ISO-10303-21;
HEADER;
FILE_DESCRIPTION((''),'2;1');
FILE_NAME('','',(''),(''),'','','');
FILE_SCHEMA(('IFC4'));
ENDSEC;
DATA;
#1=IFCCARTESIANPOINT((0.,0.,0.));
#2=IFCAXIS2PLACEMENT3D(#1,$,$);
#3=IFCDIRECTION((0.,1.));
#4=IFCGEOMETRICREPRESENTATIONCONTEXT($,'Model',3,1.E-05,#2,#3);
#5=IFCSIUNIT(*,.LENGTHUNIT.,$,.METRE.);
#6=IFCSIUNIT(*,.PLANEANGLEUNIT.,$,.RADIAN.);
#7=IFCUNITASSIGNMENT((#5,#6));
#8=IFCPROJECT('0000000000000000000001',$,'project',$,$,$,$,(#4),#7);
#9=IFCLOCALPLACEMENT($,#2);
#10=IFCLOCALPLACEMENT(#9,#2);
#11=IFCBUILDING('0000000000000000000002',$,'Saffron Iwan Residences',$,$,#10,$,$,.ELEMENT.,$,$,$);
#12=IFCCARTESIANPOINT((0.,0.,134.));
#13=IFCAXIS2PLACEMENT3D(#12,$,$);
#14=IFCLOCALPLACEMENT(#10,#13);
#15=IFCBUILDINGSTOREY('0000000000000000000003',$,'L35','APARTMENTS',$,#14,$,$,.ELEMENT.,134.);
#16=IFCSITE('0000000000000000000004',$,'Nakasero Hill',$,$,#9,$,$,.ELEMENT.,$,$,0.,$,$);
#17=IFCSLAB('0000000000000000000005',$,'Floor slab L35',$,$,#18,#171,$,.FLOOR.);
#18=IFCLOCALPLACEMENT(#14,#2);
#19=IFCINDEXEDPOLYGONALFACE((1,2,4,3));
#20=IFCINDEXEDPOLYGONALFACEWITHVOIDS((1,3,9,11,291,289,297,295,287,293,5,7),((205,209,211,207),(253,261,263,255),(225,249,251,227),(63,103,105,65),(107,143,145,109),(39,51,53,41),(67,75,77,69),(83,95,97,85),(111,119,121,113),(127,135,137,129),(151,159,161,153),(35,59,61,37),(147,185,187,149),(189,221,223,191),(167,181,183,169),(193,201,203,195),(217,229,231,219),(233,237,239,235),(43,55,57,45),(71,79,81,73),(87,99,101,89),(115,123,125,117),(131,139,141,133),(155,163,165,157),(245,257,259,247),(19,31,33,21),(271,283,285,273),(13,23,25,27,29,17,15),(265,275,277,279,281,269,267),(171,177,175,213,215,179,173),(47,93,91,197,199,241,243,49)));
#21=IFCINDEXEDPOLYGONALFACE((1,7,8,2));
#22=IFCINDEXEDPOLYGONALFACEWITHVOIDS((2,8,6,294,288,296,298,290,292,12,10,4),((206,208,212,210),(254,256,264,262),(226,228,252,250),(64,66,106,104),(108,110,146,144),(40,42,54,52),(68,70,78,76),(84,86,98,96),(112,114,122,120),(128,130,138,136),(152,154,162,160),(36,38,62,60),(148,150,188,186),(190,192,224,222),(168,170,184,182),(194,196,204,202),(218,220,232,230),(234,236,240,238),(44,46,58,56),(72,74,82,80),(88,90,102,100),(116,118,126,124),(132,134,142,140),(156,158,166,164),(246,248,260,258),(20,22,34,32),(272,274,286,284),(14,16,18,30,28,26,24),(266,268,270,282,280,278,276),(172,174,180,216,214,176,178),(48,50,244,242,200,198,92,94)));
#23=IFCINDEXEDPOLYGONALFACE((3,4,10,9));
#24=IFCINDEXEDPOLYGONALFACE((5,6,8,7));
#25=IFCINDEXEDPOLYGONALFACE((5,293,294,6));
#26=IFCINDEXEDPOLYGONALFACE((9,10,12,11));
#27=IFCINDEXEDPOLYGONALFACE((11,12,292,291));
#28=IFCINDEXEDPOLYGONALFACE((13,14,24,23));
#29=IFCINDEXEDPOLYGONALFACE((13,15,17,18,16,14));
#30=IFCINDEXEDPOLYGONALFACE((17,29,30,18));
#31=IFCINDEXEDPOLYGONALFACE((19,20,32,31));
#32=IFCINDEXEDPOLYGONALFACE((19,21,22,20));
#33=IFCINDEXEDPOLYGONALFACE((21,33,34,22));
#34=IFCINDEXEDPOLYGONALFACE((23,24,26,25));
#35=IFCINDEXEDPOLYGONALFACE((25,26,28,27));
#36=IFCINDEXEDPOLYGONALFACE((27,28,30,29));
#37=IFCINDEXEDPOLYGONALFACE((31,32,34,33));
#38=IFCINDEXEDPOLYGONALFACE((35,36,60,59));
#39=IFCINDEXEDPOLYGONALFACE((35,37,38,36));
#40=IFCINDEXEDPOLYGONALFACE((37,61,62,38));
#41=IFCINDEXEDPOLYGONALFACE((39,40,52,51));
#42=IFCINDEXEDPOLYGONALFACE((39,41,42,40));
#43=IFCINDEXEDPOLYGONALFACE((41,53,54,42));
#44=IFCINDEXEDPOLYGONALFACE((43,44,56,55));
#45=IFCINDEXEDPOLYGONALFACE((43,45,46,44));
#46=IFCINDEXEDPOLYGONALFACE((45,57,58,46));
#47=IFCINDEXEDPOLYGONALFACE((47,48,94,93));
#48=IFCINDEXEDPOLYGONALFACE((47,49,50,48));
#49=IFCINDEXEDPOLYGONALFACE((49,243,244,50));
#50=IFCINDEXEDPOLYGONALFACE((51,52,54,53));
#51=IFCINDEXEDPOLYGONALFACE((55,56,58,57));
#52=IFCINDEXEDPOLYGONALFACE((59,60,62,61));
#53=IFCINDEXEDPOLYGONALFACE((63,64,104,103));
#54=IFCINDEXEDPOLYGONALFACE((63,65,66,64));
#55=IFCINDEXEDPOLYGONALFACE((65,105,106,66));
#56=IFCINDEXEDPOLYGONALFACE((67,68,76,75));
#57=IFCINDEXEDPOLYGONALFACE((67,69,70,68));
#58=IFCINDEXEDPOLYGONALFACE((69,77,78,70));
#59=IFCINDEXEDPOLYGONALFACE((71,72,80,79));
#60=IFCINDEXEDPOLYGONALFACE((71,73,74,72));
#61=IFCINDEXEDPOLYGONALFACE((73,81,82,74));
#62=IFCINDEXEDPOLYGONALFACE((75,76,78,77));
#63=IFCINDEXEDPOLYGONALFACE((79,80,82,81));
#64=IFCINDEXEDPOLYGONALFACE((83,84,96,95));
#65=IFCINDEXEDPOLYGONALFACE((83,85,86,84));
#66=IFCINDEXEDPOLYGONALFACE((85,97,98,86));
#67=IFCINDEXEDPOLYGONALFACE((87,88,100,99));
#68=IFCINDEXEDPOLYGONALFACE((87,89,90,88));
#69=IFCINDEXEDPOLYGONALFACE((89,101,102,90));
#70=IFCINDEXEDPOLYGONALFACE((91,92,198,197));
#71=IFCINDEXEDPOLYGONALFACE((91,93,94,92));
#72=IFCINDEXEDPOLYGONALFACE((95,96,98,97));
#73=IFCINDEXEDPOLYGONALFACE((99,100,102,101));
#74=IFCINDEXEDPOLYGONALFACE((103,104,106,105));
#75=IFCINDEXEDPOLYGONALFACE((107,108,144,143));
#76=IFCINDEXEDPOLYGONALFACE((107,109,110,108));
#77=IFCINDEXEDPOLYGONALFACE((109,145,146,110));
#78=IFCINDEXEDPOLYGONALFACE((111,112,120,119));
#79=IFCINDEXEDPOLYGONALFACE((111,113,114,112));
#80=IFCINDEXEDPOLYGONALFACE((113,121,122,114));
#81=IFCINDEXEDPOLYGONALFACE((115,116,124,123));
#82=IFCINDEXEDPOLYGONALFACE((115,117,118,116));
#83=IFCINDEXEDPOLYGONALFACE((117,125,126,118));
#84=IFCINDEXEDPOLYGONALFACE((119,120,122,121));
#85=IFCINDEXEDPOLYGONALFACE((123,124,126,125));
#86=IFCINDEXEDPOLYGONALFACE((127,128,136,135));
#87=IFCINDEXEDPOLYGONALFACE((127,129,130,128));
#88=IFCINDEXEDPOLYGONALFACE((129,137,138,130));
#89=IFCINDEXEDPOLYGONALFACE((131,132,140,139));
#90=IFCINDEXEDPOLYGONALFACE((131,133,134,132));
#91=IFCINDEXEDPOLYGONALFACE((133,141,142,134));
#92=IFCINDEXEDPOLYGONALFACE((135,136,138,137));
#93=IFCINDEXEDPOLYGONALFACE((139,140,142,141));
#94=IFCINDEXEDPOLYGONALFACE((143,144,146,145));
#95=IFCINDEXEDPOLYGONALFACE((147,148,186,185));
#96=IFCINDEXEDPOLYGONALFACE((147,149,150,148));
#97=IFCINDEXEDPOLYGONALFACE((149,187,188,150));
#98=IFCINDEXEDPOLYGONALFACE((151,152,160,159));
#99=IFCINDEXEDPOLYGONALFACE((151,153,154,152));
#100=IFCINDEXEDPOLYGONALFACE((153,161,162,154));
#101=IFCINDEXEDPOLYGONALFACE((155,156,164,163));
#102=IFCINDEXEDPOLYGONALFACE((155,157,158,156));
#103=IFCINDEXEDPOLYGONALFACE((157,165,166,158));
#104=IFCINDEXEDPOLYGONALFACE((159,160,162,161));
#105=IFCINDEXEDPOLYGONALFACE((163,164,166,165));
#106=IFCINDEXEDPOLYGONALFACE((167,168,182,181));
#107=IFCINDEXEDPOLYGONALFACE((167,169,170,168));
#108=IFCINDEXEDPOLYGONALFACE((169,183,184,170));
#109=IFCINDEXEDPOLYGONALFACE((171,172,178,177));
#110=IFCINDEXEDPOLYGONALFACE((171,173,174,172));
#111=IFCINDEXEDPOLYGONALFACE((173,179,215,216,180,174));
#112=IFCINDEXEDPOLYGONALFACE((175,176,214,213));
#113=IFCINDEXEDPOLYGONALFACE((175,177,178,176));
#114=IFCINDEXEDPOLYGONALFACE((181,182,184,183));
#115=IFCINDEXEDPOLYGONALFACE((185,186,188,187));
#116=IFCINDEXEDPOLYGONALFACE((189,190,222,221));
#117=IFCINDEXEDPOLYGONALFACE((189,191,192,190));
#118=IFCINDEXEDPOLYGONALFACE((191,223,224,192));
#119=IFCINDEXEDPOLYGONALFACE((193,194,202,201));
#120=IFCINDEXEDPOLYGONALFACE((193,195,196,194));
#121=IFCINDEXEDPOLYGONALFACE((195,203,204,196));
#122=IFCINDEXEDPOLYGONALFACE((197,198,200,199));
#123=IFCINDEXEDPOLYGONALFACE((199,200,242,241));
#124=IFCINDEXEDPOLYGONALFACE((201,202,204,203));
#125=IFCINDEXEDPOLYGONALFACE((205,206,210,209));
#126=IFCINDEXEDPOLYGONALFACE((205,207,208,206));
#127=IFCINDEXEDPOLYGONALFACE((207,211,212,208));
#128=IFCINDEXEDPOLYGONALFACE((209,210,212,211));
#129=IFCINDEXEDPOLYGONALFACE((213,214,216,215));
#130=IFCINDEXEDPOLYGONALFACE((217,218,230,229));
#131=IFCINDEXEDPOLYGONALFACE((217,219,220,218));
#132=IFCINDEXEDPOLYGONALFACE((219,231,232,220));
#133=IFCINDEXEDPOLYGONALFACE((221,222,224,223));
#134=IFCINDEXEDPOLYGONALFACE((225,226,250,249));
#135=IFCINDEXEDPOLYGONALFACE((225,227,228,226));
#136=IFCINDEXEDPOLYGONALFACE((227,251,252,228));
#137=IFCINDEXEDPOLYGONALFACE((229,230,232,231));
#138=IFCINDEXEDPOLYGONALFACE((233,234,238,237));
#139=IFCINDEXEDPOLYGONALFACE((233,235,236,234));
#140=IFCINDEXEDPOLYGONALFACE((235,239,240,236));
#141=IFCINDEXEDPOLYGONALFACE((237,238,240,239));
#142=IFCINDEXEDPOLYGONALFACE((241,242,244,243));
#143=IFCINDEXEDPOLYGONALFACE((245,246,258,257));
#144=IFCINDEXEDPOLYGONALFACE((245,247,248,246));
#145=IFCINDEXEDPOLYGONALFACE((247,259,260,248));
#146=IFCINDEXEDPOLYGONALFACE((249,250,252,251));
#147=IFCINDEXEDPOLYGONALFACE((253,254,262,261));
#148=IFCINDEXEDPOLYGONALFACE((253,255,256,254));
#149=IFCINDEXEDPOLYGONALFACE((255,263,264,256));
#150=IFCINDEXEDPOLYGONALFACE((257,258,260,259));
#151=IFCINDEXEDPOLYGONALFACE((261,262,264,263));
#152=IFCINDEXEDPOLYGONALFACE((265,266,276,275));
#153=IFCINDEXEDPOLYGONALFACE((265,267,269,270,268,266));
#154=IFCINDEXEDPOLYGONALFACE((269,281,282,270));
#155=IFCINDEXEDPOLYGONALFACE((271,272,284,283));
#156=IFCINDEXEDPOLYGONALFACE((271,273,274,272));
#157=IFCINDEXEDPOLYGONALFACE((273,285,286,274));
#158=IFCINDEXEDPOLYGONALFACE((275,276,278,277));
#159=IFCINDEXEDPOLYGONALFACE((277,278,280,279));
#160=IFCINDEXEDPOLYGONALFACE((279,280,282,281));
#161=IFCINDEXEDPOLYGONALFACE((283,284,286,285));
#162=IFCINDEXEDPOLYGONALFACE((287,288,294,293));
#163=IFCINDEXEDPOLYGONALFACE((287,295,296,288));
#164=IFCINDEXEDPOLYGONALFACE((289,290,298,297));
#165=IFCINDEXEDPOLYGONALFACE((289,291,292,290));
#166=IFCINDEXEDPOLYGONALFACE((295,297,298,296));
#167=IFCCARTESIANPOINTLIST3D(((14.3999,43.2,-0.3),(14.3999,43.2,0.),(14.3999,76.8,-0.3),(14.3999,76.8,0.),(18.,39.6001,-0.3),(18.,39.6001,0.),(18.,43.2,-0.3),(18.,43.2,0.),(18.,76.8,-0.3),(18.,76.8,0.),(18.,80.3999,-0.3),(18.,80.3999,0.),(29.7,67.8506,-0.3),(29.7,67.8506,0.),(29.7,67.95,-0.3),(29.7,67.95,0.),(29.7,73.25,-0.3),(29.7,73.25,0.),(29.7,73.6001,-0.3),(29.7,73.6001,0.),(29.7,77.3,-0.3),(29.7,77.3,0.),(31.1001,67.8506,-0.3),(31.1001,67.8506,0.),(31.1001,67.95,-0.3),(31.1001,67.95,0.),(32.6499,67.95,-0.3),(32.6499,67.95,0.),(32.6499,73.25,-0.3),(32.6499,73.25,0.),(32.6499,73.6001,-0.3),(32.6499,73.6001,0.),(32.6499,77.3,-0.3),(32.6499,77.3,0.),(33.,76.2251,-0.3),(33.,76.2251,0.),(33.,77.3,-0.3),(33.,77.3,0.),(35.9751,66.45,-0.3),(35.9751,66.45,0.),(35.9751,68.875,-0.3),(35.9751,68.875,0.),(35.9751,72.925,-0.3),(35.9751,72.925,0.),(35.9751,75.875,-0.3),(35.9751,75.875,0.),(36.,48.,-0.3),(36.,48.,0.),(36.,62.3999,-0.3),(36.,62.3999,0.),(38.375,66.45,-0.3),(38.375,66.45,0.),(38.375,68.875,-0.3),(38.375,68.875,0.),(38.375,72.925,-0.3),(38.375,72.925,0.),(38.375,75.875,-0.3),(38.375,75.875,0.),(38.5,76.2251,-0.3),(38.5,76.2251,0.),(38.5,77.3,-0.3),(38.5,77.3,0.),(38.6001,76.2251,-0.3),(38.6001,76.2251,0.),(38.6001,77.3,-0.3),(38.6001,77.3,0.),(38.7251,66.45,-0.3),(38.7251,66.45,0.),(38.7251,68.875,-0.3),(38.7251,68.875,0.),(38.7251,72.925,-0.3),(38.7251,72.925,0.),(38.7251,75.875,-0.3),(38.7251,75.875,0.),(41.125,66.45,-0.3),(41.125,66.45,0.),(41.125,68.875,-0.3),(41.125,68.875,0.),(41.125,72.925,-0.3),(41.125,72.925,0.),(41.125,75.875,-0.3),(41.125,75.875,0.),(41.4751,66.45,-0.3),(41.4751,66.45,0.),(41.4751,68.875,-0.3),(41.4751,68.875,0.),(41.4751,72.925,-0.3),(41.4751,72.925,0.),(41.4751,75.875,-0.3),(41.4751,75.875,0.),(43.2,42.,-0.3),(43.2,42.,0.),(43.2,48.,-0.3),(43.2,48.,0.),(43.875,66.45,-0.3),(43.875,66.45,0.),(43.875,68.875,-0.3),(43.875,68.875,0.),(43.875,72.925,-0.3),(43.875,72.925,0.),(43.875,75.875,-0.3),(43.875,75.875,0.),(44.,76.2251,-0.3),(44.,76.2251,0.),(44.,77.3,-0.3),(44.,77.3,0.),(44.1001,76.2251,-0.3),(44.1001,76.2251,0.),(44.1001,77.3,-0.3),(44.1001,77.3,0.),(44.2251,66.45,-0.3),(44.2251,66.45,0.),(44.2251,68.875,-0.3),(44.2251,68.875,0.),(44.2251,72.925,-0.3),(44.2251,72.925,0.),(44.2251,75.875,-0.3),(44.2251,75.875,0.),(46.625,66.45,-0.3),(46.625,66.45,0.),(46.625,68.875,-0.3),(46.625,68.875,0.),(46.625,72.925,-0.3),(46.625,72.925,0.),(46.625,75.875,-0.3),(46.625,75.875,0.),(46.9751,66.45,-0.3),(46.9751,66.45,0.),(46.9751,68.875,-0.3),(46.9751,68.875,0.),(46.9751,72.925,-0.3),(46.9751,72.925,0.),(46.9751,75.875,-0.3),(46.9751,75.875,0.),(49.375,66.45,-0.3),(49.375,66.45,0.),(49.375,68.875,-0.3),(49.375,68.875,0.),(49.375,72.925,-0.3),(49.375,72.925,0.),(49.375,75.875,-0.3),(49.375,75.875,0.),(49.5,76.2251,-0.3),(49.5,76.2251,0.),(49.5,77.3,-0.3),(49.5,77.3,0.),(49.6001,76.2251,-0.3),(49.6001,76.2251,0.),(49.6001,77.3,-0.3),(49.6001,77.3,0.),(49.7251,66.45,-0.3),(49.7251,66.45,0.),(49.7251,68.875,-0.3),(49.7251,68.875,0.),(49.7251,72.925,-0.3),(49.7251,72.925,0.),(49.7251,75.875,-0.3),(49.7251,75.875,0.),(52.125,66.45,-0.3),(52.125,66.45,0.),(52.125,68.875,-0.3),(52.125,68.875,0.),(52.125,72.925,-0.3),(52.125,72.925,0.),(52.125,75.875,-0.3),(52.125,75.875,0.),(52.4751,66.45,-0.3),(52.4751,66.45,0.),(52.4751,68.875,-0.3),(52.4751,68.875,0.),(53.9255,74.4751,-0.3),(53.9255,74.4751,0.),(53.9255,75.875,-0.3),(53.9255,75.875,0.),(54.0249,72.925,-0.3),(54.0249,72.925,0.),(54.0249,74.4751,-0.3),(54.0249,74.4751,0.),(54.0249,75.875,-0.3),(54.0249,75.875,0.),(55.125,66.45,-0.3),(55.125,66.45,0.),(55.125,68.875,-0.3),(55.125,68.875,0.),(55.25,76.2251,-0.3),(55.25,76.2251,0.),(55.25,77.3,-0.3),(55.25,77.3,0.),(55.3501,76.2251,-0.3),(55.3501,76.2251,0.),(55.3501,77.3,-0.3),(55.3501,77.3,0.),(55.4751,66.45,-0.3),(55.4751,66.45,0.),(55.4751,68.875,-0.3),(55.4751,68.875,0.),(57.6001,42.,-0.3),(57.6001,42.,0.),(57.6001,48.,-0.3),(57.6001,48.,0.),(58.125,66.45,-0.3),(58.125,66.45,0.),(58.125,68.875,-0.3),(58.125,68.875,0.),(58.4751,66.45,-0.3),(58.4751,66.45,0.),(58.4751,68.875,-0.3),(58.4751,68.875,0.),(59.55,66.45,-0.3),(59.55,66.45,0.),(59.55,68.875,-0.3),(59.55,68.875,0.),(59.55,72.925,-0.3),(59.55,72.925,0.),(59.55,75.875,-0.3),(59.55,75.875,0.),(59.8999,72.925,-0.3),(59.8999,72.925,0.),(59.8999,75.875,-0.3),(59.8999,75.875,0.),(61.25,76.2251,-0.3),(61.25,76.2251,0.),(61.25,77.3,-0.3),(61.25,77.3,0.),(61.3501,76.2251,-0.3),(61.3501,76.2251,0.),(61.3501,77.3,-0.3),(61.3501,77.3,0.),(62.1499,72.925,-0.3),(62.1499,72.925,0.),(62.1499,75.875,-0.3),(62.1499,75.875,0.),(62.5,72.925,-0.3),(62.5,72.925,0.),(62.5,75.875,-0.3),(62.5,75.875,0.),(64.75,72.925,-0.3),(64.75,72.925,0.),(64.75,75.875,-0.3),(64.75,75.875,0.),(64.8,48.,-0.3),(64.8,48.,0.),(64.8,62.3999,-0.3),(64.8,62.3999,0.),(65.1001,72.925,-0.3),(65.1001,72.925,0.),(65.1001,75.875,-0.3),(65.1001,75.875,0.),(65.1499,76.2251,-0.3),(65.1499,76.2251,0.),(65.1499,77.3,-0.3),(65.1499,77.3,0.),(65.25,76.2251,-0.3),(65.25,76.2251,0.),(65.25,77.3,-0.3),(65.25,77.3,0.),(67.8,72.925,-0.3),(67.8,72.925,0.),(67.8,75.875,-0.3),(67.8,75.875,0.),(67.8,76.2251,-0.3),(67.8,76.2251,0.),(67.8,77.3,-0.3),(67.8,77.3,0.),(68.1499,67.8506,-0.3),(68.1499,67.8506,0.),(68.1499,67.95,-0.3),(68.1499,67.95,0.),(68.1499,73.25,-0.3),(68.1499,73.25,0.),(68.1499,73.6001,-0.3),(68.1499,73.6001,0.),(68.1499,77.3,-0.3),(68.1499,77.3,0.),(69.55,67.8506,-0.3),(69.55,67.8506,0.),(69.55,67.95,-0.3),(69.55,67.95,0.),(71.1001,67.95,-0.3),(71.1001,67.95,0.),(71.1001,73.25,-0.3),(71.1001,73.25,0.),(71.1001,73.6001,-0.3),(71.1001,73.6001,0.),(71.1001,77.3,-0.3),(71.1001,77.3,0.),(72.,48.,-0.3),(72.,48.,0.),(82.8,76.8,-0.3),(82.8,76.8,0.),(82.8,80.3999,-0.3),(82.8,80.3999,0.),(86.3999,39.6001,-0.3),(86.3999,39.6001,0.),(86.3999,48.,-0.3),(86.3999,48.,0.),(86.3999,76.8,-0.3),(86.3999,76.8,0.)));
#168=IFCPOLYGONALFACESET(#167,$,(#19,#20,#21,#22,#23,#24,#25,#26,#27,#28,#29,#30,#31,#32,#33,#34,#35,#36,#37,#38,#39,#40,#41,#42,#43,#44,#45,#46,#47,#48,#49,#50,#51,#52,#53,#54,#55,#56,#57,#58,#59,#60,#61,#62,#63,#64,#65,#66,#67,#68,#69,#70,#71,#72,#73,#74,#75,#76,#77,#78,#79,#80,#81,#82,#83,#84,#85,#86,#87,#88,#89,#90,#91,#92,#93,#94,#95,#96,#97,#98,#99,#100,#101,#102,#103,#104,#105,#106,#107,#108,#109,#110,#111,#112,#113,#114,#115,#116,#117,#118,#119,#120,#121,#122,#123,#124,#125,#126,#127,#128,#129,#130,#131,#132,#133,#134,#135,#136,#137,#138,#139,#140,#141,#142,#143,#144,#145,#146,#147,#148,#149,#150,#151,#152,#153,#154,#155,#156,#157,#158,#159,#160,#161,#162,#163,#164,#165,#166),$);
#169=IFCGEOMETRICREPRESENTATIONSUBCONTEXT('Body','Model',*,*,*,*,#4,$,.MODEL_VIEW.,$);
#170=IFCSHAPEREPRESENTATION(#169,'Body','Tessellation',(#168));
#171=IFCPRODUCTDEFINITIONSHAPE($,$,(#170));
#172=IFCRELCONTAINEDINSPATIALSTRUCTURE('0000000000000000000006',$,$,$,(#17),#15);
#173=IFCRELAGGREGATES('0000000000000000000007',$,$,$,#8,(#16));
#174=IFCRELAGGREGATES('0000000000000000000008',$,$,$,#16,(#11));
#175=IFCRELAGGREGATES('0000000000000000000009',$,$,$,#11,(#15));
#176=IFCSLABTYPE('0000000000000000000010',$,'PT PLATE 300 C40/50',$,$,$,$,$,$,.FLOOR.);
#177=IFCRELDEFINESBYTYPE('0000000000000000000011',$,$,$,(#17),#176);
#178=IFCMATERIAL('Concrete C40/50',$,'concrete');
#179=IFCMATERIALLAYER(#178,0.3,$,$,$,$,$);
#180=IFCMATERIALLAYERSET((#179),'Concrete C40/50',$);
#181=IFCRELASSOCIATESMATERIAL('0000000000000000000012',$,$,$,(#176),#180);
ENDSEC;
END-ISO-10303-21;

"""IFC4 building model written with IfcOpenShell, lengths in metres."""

from ifc_helpers import new_model, si_unit, direction, frame, origin, place, context, subcontext, project, spatial, polyline, outline, extrude, material, layer, layer_set, type_object, element, save


model = new_model("IFC4")

# Units and contexts
model_context = context("Model", 3, precision=1e-05, world=origin(), true_north=direction((0.0, 1.0)))
body_context = subcontext(model_context, "Body", "Model", "MODEL_VIEW")
ifc_project = project(units=[si_unit("LENGTHUNIT", "METRE"), si_unit("PLANEANGLEUNIT", "RADIAN")], contexts=[model_context])

# Site, building, storey
site_placement = place(None, origin())
site = spatial("IfcSite", under=ifc_project, at=site_placement, Name="Nakasero Hill", CompositionType="ELEMENT", RefElevation=0.0)
building_placement = place(site_placement, origin())
building = spatial("IfcBuilding", under=site, at=building_placement, Name="Saffron Iwan Residences", CompositionType="ELEMENT")
storey_placement = place(building_placement, frame((0.0, 0.0, 134.0)))
storey = spatial("IfcBuildingStorey", under=building, at=storey_placement, Name="L35", Description="APARTMENTS", CompositionType="ELEMENT", Elevation=134.0)

# Slab
ifc_material_1 = material(Name="Concrete C40/50", Category="concrete")
ifc_layer_1 = layer(ifc_material_1, 0.3)
ifc_layer_set_1 = layer_set([ifc_layer_1], Name="Concrete C40/50")
slab_type_1 = type_object("IfcSlabType", Name="PT PLATE 300 C40/50", PredefinedType="FLOOR", material=ifc_layer_set_1)
slab_1_placement = place(storey_placement, frame((0.0, 0.0, -0.3)))
element("IfcSlab", 1, at=slab_1_placement, inside=storey, type_object=slab_type_1, Name="Floor slab L35", PredefinedType="FLOOR", context=body_context, shape_type="SweptSolid", body=[
    extrude(outline(polyline([(14.3999, 43.2), (14.3999, 76.8), (18.0, 76.8), (18.0, 80.3999), (82.8, 80.3999), (82.8, 76.8), (86.3999, 76.8), (86.3999, 48.0), (72.0, 48.0), (86.3999, 39.6001), (18.0, 39.6001), (18.0, 43.2), (14.3999, 43.2)]), holes=[polyline([(64.8, 48.0), (64.8, 62.3999), (36.0, 62.3999), (36.0, 48.0), (43.2, 48.0), (43.2, 42.0), (57.6001, 42.0), (57.6001, 48.0), (64.8, 48.0)]), polyline([(38.375, 68.875), (35.9751, 68.875), (35.9751, 66.45), (38.375, 66.45), (38.375, 68.875)]), polyline([(41.125, 66.45), (41.125, 68.875), (38.7251, 68.875), (38.7251, 66.45), (41.125, 66.45)]), polyline([(43.875, 66.45), (43.875, 68.875), (41.4751, 68.875), (41.4751, 66.45), (43.875, 66.45)]), polyline([(46.625, 66.45), (46.625, 68.875), (44.2251, 68.875), (44.2251, 66.45), (46.625, 66.45)]), polyline([(49.375, 66.45), (49.375, 68.875), (46.9751, 68.875), (46.9751, 66.45), (49.375, 66.45)]), polyline([(32.6499, 73.25), (29.7, 73.25), (29.7, 67.95), (29.7, 67.8506), (31.1001, 67.8506), (31.1001, 67.95), (32.6499, 67.95), (32.6499, 73.25)]), polyline([(38.375, 72.925), (38.375, 75.875), (35.9751, 75.875), (35.9751, 72.925), (38.375, 72.925)]), polyline([(41.125, 72.925), (41.125, 75.875), (38.7251, 75.875), (38.7251, 72.925), (41.125, 72.925)]), polyline([(43.875, 72.925), (43.875, 75.875), (41.4751, 75.875), (41.4751, 72.925), (43.875, 72.925)]), polyline([(46.625, 72.925), (46.625, 75.875), (44.2251, 75.875), (44.2251, 72.925), (46.625, 72.925)]), polyline([(49.375, 72.925), (49.375, 75.875), (46.9751, 75.875), (46.9751, 72.925), (49.375, 72.925)]), polyline([(32.6499, 73.6001), (32.6499, 77.3), (29.7, 77.3), (29.7, 73.6001), (32.6499, 73.6001)]), polyline([(38.5, 76.2251), (38.5, 77.3), (33.0, 77.3), (33.0, 76.2251), (38.5, 76.2251)]), polyline([(44.0, 76.2251), (44.0, 77.3), (38.6001, 77.3), (38.6001, 76.2251), (44.0, 76.2251)]), polyline([(49.5, 76.2251), (49.5, 77.3), (44.1001, 77.3), (44.1001, 76.2251), (49.5, 76.2251)]), polyline([(52.125, 68.875), (49.7251, 68.875), (49.7251, 66.45), (52.125, 66.45), (52.125, 68.875)]), polyline([(55.125, 66.45), (55.125, 68.875), (52.4751, 68.875), (52.4751, 66.45), (55.125, 66.45)]), polyline([(58.125, 66.45), (58.125, 68.875), (55.4751, 68.875), (55.4751, 66.45), (58.125, 66.45)]), polyline([(59.55, 66.45), (59.55, 68.875), (58.4751, 68.875), (58.4751, 66.45), (59.55, 66.45)]), polyline([(71.1001, 73.25), (68.1499, 73.25), (68.1499, 67.95), (68.1499, 67.8506), (69.55, 67.8506), (69.55, 67.95), (71.1001, 67.95), (71.1001, 73.25)]), polyline([(52.125, 72.925), (52.125, 75.875), (49.7251, 75.875), (49.7251, 72.925), (52.125, 72.925)]), polyline([(53.9255, 74.4751), (54.0249, 74.4751), (54.0249, 72.925), (59.55, 72.925), (59.55, 75.875), (54.0249, 75.875), (53.9255, 75.875), (53.9255, 74.4751)]), polyline([(62.1499, 72.925), (62.1499, 75.875), (59.8999, 75.875), (59.8999, 72.925), (62.1499, 72.925)]), polyline([(64.75, 72.925), (64.75, 75.875), (62.5, 75.875), (62.5, 72.925), (64.75, 72.925)]), polyline([(67.8, 72.925), (67.8, 75.875), (65.1001, 75.875), (65.1001, 72.925), (67.8, 72.925)]), polyline([(71.1001, 73.6001), (71.1001, 77.3), (68.1499, 77.3), (68.1499, 73.6001), (71.1001, 73.6001)]), polyline([(55.25, 76.2251), (55.25, 77.3), (49.6001, 77.3), (49.6001, 76.2251), (55.25, 76.2251)]), polyline([(61.25, 76.2251), (61.25, 77.3), (55.3501, 77.3), (55.3501, 76.2251), (61.25, 76.2251)]), polyline([(65.1499, 76.2251), (65.1499, 77.3), (61.3501, 77.3), (61.3501, 76.2251), (65.1499, 76.2251)]), polyline([(67.8, 76.2251), (67.8, 77.3), (65.25, 77.3), (65.25, 76.2251), (67.8, 76.2251)])]), origin(), (0.0, 0.0, 1.0), 0.3),
])

save(model, "model.ifc")
